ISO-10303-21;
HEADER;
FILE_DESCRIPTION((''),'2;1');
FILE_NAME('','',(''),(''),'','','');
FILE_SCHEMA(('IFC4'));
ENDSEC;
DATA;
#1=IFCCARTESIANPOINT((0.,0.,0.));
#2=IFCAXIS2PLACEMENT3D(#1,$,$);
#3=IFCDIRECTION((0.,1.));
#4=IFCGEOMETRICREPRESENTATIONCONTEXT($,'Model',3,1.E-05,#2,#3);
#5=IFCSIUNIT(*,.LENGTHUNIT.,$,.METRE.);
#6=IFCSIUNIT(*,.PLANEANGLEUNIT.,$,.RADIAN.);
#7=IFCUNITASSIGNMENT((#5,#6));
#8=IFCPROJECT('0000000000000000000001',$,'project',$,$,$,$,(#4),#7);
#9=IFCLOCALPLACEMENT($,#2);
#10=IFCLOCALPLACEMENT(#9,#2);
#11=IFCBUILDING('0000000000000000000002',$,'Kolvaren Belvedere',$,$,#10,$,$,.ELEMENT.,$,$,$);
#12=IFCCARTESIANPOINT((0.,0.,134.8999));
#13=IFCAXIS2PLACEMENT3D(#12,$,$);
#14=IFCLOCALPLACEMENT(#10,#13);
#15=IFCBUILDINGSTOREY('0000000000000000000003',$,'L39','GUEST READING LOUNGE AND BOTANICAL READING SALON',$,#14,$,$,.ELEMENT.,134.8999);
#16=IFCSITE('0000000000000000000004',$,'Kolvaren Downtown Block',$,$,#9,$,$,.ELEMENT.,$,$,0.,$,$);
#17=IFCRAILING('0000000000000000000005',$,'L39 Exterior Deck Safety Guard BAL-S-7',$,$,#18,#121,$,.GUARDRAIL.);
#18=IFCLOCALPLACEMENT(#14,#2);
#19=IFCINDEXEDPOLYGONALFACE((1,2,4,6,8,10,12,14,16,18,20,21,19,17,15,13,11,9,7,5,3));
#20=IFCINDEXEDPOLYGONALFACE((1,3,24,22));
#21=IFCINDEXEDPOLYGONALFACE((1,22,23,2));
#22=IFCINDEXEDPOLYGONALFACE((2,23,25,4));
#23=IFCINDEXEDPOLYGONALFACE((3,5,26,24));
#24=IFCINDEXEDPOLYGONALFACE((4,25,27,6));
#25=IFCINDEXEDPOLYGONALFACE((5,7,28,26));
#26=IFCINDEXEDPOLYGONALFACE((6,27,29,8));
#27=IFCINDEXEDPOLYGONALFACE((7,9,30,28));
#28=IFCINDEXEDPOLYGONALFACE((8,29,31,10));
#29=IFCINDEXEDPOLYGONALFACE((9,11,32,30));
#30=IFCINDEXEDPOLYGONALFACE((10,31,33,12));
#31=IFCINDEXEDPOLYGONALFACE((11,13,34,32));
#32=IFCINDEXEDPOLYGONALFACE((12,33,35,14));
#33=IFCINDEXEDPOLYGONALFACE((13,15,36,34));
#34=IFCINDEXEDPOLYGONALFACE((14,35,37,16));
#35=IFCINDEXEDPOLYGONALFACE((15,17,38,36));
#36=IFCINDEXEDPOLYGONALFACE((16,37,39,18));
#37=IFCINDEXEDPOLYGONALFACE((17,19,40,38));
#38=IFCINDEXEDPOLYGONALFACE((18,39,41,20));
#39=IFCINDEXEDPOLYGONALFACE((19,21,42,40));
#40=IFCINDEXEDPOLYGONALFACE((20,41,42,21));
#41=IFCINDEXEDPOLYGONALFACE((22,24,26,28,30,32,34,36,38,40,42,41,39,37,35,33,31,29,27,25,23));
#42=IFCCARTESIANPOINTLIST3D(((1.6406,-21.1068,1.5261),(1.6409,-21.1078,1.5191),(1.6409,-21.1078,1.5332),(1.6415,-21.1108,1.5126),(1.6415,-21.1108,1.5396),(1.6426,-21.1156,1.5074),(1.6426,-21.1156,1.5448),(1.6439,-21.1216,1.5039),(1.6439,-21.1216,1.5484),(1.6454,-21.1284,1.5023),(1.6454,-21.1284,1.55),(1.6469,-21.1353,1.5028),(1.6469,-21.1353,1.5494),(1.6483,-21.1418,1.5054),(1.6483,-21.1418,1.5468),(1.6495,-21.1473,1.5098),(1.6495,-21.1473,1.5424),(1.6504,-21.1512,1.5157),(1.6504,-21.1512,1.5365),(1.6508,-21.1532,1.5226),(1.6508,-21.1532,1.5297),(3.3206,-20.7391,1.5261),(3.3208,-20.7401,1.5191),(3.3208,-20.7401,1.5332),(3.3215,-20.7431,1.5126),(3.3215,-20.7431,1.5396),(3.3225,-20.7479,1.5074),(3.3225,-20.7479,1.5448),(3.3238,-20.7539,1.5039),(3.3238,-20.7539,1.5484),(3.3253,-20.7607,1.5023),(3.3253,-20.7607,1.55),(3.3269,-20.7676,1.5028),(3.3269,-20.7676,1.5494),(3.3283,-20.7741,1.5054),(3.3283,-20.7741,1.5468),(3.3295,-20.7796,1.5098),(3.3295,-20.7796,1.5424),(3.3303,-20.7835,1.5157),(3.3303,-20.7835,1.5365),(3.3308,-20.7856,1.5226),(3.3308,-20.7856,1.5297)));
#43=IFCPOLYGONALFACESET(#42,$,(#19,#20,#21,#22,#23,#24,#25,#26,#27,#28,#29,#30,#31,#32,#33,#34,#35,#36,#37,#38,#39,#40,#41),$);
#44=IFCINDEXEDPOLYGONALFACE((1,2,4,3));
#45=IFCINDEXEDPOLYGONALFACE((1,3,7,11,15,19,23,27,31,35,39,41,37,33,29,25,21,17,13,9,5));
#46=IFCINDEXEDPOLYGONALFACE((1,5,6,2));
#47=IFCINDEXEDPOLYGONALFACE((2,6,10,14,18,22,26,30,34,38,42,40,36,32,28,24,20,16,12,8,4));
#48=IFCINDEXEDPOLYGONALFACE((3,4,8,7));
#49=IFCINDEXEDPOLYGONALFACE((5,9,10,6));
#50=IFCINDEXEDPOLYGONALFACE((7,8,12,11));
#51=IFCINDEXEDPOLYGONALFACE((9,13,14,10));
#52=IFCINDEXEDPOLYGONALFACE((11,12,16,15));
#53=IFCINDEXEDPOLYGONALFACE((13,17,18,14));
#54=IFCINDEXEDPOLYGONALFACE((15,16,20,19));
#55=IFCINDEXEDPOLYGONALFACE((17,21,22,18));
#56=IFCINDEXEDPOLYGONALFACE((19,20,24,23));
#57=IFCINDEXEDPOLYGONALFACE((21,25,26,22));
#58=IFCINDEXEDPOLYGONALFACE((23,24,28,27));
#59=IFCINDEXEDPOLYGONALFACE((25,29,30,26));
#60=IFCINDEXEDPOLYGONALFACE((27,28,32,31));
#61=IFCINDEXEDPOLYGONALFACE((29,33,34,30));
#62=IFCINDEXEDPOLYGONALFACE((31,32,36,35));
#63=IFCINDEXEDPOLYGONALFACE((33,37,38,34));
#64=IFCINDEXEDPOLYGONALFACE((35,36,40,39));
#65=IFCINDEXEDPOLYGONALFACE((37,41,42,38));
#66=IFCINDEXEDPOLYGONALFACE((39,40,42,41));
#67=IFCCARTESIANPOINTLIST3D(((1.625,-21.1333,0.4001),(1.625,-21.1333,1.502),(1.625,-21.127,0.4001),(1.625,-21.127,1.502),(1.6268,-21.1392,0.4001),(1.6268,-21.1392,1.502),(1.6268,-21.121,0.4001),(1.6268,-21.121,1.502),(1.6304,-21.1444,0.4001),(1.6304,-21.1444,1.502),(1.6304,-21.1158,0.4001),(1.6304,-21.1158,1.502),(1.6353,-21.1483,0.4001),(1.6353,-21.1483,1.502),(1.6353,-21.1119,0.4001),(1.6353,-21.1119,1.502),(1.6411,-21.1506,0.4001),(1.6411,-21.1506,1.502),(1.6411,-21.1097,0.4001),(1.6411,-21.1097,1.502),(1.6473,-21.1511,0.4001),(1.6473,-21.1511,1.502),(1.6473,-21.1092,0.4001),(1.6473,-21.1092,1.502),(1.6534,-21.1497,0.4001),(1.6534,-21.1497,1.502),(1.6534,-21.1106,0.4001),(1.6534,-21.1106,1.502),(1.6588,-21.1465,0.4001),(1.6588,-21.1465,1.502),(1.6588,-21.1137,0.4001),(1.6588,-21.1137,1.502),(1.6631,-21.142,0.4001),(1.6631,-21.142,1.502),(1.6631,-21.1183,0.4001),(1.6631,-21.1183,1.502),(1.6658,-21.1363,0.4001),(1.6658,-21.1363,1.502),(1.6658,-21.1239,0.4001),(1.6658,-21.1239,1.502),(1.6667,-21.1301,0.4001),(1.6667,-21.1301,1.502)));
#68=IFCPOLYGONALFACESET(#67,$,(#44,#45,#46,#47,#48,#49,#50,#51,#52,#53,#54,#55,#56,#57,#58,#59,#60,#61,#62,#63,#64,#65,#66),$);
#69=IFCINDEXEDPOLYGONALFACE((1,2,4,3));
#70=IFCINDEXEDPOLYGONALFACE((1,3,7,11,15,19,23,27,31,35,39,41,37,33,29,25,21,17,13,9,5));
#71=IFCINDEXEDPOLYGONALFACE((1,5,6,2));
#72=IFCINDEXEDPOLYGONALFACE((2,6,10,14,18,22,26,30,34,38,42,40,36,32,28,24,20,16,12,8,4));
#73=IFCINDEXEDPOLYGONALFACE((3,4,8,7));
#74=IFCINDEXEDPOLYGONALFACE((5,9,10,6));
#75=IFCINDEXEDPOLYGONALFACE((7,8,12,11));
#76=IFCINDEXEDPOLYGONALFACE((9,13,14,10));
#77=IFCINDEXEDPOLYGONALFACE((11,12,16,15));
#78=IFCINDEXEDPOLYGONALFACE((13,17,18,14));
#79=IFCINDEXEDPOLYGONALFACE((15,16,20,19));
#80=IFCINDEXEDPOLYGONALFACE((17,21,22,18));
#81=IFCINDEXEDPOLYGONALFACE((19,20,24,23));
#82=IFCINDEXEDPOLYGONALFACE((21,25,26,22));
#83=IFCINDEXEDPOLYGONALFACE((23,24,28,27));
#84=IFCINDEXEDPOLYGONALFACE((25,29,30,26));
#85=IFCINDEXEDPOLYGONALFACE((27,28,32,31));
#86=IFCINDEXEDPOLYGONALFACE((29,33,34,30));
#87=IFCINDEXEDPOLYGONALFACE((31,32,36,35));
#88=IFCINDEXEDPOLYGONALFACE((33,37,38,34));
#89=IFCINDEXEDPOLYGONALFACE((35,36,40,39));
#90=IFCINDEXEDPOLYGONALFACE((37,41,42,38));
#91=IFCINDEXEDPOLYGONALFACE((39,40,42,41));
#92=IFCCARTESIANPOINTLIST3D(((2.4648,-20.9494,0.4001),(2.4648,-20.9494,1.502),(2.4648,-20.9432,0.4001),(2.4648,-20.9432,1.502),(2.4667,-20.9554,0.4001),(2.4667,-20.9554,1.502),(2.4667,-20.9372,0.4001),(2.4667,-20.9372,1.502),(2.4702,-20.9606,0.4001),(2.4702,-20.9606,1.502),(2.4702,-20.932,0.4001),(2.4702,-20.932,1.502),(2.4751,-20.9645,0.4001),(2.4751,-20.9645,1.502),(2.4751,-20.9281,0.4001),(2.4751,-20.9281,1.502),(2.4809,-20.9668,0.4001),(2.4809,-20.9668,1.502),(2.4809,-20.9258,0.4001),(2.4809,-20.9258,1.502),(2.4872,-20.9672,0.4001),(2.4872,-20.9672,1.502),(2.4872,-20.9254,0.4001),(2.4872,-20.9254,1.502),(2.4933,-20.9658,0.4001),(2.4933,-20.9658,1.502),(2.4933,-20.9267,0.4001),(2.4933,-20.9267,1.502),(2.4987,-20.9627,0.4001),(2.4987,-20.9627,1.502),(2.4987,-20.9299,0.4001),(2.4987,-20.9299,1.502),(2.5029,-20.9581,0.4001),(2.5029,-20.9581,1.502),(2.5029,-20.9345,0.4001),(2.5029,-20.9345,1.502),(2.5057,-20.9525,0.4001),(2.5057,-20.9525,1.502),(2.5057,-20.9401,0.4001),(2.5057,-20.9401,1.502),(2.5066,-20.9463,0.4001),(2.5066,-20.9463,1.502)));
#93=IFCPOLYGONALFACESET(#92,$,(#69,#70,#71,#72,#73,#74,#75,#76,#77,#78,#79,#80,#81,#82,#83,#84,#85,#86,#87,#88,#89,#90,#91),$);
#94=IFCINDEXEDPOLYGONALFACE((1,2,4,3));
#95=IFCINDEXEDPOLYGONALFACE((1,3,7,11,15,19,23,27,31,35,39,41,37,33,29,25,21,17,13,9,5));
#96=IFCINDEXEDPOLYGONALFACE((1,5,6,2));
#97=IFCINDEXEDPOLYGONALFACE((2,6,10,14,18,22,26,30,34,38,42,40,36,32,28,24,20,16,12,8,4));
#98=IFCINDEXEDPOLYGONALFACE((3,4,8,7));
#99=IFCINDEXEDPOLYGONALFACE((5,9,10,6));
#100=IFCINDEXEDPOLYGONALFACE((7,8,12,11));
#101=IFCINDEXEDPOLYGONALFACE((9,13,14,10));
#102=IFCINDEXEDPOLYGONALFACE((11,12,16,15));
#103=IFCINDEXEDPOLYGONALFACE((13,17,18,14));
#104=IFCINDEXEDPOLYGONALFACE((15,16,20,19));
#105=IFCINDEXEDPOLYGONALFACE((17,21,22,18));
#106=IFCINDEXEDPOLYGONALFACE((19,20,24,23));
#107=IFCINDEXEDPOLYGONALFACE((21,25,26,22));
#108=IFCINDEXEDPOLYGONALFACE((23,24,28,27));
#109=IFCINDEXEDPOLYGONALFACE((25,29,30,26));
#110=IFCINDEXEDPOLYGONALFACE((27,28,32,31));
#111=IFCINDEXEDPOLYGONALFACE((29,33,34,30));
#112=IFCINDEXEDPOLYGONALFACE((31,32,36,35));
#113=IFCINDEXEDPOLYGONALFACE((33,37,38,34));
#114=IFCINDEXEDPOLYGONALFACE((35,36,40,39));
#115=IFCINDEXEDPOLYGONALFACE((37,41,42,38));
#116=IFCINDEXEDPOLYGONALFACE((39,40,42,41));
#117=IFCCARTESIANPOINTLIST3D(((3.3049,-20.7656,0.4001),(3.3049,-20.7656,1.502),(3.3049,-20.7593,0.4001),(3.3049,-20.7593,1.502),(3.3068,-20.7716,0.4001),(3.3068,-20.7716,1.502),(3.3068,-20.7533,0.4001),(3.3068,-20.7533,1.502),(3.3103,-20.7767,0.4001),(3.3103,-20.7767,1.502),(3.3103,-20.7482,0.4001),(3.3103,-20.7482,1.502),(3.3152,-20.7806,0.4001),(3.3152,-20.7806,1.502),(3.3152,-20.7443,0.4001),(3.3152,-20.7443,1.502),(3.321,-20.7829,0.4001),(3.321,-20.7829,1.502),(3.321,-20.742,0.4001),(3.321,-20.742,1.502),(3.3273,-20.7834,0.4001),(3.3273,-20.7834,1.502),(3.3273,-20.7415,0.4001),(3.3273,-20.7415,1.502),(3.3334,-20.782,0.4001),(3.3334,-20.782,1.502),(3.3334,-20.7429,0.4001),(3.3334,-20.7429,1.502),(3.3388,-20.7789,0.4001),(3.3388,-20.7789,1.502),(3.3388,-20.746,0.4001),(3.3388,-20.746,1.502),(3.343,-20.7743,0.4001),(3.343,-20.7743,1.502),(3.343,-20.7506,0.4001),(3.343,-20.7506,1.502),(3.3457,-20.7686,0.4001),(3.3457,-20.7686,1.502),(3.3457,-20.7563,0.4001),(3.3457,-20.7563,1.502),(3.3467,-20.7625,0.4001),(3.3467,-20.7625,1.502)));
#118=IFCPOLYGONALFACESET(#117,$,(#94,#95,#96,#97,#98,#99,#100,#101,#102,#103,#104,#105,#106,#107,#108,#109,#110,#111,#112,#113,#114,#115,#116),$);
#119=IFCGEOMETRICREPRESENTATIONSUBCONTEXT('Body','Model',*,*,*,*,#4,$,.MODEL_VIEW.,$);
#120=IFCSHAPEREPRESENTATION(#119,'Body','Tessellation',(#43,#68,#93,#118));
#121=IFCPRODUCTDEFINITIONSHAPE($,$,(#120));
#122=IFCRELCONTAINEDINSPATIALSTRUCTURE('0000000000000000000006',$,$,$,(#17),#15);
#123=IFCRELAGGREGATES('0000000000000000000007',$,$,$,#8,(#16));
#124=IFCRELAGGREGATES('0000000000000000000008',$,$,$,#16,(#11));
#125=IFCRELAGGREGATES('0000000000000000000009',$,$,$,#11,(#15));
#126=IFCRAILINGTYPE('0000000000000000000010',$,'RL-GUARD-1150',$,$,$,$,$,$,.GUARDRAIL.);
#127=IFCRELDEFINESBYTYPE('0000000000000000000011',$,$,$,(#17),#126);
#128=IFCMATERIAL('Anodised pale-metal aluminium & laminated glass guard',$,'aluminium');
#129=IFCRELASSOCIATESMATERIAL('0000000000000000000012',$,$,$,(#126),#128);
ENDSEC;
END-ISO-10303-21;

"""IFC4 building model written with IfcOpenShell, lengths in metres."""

from ifc_helpers import new_model, si_unit, direction, frame, origin, origin_2d, place, context, subcontext, project, spatial, circle, extrude, material, type_object, element, save


model = new_model("IFC4")

# Units and contexts
model_context = context("Model", 3, precision=1e-05, world=origin(), true_north=direction((0.0, 1.0)))
body_context = subcontext(model_context, "Body", "Model", "MODEL_VIEW")
ifc_project = project(units=[si_unit("LENGTHUNIT", "METRE"), si_unit("PLANEANGLEUNIT", "RADIAN")], contexts=[model_context])

# Site, building, storey
site_placement = place(None, origin())
site = spatial("IfcSite", under=ifc_project, at=site_placement, Name="Kolvaren Downtown Block", CompositionType="ELEMENT", RefElevation=0.0)
building_placement = place(site_placement, origin())
building = spatial("IfcBuilding", under=site, at=building_placement, Name="Kolvaren Belvedere", CompositionType="ELEMENT")
storey_placement = place(building_placement, frame((0.0, 0.0, 134.8999)))
storey = spatial("IfcBuildingStorey", under=building, at=storey_placement, Name="L39", Description="GUEST READING LOUNGE AND BOTANICAL READING SALON", CompositionType="ELEMENT", Elevation=134.8999)

# Railing
ifc_material_1 = material(Name="Anodised pale-metal aluminium & laminated glass guard", Category="aluminium")
railing_type = type_object("IfcRailingType", Name="RL-GUARD-1150", PredefinedType="GUARDRAIL", material=ifc_material_1)
railing_1_placement = place(storey_placement, frame((1.6458, -21.1301, 0.4001)))
element("IfcRailing", 1, at=railing_1_placement, inside=storey, type_object=railing_type, Name="L39 Exterior Deck Safety Guard BAL-S-7", PredefinedType="GUARDRAIL", context=body_context, shape_type="SweptSolid", body=[
    extrude(circle(Radius=0.0239, at=origin_2d()), frame((0.0, 0.0, 1.126), z_axis=(0.976877, 0.213803, 0.0), x_axis=(-0.213803, 0.976877, 0.0)), (0.0, 0.0, 1.0), 1.7197),
    extrude(circle(Radius=0.021, at=origin_2d()), origin(), (0.0, 0.0, 1.0), 1.1018),
    extrude(circle(Radius=0.021, at=origin_2d()), frame((0.8398, 0.1838, 0.0)), (0.0, 0.0, 1.0), 1.1018),
    extrude(circle(Radius=0.021, at=origin_2d()), frame((1.6799, 0.3677, 0.0)), (0.0, 0.0, 1.0), 1.1018),
])

save(model, "model.ifc")
